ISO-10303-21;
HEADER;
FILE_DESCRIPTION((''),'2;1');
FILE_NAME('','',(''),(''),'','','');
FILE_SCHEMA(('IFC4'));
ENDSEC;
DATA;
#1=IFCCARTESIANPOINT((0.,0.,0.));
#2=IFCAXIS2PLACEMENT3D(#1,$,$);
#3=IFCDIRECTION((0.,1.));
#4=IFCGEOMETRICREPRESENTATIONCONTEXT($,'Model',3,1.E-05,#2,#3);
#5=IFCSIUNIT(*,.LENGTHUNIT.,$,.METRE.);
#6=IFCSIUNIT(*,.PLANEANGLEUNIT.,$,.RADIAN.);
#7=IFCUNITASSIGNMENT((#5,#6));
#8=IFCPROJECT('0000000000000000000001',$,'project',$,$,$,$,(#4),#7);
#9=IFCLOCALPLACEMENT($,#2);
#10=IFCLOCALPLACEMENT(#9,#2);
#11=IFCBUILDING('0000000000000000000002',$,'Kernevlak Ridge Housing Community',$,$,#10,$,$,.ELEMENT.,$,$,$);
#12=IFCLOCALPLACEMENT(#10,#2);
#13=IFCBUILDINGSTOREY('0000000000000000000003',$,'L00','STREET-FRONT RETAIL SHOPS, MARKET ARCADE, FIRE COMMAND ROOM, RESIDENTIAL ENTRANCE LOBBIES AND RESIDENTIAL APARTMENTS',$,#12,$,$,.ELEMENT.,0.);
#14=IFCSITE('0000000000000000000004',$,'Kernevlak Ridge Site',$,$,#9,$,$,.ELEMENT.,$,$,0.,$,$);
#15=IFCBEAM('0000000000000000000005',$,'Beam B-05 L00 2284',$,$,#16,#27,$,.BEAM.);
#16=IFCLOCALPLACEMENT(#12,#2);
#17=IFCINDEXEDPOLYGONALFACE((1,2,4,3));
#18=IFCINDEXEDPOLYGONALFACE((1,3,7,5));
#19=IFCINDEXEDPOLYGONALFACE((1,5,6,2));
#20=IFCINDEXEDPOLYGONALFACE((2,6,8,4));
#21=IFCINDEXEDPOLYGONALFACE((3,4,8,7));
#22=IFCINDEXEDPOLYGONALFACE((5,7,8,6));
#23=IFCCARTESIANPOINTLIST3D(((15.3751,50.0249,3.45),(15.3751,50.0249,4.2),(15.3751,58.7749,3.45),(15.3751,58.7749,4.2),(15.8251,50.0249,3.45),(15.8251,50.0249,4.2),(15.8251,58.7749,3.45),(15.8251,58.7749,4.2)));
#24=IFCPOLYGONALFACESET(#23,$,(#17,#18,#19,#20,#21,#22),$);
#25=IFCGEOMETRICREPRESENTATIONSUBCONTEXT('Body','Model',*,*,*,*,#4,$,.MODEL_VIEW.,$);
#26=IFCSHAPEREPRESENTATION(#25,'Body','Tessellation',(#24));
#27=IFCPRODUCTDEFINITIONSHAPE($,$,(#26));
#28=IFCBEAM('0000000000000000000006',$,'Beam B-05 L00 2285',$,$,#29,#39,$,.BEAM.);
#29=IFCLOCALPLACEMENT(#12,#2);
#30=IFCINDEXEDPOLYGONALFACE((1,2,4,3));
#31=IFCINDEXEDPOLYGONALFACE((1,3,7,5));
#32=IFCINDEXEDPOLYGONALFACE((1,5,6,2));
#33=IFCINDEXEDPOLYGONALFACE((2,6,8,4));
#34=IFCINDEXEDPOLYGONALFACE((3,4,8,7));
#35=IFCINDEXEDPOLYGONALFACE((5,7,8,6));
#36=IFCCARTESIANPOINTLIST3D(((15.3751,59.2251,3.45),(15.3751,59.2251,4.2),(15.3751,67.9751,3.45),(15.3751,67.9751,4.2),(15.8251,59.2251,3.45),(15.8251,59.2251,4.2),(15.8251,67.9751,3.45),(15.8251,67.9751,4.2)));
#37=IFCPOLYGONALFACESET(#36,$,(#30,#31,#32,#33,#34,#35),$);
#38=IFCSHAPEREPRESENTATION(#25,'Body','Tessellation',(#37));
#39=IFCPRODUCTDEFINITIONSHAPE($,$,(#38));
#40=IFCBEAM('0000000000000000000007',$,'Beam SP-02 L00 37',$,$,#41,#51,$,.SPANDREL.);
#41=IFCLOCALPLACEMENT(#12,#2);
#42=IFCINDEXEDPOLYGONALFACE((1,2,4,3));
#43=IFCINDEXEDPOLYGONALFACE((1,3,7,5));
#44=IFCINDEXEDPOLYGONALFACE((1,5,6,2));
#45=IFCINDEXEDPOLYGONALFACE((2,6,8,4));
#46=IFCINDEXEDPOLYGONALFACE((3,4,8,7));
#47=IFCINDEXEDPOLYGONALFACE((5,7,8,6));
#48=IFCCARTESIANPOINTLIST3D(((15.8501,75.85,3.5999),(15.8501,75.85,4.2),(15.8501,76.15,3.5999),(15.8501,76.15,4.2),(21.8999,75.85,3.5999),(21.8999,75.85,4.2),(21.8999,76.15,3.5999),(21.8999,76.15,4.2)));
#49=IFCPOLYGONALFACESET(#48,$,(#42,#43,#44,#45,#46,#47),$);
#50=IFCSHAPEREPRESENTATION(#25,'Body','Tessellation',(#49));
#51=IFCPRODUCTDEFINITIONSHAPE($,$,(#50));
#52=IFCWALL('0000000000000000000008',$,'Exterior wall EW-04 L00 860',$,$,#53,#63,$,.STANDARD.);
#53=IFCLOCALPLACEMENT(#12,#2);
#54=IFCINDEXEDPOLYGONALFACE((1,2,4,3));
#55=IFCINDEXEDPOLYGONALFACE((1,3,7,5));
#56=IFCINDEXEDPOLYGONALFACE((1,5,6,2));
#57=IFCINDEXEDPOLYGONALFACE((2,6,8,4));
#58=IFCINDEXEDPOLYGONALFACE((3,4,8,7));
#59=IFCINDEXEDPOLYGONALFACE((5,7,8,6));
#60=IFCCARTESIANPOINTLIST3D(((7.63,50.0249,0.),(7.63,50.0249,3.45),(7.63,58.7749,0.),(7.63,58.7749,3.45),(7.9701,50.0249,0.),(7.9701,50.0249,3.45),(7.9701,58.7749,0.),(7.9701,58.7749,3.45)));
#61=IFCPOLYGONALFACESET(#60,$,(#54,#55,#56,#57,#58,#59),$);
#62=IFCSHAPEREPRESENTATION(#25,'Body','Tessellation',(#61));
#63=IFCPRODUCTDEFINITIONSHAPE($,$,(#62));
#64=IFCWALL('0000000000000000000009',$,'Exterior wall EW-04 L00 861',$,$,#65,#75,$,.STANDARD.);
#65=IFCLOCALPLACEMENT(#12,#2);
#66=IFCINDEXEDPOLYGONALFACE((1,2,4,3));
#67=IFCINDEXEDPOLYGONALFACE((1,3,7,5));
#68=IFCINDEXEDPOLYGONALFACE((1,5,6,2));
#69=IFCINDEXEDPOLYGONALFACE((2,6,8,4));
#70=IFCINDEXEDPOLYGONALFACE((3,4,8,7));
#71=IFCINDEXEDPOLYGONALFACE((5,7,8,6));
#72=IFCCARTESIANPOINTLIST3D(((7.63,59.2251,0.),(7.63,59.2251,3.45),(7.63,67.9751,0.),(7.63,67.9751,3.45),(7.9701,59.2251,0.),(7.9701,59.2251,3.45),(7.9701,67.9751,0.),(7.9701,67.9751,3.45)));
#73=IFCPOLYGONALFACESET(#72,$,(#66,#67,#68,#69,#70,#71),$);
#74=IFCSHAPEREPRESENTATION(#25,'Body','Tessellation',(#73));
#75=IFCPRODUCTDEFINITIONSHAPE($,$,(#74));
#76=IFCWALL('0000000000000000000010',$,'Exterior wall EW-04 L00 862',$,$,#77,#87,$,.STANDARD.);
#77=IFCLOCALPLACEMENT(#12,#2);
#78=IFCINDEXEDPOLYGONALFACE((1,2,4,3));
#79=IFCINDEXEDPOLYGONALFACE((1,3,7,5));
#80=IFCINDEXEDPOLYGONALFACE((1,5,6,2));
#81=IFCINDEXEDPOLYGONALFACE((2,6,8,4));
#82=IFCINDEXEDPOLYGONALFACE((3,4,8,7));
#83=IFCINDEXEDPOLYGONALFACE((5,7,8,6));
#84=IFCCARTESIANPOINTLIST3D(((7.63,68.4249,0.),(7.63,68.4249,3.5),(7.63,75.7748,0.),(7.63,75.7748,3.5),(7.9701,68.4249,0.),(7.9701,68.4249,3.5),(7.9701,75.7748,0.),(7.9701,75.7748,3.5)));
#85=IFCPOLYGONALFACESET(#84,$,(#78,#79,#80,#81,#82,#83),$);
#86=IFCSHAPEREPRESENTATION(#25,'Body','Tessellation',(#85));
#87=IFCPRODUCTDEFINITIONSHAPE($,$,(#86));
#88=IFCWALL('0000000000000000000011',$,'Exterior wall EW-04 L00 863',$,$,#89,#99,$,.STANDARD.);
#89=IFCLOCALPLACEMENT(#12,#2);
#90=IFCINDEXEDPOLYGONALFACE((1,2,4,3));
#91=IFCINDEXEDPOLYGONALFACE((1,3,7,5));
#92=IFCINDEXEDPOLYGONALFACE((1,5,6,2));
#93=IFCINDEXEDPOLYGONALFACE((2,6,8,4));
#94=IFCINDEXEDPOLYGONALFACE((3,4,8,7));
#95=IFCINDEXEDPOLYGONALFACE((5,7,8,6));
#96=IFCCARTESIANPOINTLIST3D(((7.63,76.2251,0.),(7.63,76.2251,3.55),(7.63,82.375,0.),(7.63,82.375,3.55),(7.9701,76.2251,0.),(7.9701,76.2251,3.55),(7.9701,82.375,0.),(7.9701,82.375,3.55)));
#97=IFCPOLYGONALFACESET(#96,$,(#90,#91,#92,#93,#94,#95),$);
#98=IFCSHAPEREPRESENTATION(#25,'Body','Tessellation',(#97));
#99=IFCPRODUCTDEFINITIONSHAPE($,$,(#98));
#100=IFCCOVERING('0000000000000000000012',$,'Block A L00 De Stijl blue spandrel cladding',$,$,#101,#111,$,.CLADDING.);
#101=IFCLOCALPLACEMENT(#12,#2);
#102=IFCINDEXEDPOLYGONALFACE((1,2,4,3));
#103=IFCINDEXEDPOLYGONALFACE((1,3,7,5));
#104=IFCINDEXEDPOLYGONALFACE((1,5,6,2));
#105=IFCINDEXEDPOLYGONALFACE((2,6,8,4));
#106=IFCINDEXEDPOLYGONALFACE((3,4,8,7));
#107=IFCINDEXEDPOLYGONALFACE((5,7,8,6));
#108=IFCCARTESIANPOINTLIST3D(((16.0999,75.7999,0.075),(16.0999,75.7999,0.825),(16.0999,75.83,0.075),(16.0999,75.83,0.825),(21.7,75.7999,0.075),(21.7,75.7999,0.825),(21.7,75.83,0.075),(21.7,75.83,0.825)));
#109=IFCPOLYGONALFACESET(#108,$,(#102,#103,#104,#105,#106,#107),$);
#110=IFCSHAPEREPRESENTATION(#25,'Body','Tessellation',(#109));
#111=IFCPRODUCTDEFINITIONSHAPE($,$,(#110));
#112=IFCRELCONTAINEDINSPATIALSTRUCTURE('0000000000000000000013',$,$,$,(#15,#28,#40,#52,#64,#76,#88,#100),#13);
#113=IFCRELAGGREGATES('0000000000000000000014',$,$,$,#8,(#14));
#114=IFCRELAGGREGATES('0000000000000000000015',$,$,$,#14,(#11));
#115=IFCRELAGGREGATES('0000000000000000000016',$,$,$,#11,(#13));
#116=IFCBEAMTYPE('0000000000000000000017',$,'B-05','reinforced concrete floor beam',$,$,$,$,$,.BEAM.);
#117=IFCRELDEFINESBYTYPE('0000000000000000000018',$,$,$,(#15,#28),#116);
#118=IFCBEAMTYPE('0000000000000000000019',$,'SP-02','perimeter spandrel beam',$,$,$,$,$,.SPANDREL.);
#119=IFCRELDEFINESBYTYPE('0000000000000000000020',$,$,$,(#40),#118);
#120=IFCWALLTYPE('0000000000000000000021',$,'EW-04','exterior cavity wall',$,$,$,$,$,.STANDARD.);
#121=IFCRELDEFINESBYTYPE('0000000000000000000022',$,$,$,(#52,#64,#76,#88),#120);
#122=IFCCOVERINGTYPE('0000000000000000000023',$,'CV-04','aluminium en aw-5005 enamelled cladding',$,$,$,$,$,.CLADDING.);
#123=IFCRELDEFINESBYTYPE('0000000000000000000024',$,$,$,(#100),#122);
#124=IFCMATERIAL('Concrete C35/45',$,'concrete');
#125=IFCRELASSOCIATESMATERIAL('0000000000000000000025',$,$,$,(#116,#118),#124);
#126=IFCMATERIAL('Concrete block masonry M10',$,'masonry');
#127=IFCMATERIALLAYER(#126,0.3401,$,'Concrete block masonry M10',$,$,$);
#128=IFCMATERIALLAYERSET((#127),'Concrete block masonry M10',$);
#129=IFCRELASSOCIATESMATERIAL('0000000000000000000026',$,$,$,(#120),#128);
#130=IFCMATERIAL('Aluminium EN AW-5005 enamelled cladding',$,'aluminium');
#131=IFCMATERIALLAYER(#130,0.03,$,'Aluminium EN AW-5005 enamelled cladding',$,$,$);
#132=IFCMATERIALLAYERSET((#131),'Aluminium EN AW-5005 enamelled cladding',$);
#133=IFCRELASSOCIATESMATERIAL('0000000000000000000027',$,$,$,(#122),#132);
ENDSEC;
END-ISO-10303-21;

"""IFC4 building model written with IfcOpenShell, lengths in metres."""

from ifc_helpers import new_model, si_unit, direction, frame, frame_2d, origin, origin_2d, place, context, subcontext, project, spatial, rectangle, extrude, material, layer, layer_set, material_profile, profile_set, type_object, element, save


model = new_model("IFC4")

# Units and contexts
model_context = context("Model", 3, precision=1e-05, world=origin(), true_north=direction((0.0, 1.0)))
body_context = subcontext(model_context, "Body", "Model", "MODEL_VIEW")
ifc_project = project(units=[si_unit("LENGTHUNIT", "METRE"), si_unit("PLANEANGLEUNIT", "RADIAN")], contexts=[model_context])

# Site, building, storey
site_placement = place(None, origin())
site = spatial("IfcSite", under=ifc_project, at=site_placement, Name="Kernevlak Ridge Site", CompositionType="ELEMENT", RefElevation=0.0)
building_placement = place(site_placement, origin())
building = spatial("IfcBuilding", under=site, at=building_placement, Name="Kernevlak Ridge Housing Community", CompositionType="ELEMENT")
storey_placement = place(building_placement, origin())
storey = spatial("IfcBuildingStorey", under=building, at=storey_placement, Name="L00", Description="STREET-FRONT RETAIL SHOPS, MARKET ARCADE, FIRE COMMAND ROOM, RESIDENTIAL ENTRANCE LOBBIES AND RESIDENTIAL APARTMENTS", CompositionType="ELEMENT", Elevation=0.0)

# Shared definitions
ifc_material_1 = material(Name="Concrete C35/45", Category="concrete")

# Beams
ifc_material_profile_1 = material_profile(ifc_material_1, rectangle(XDim=0.45, YDim=0.75, at=origin_2d()), Name="RC 450x750")
ifc_profile_set_1 = profile_set([ifc_material_profile_1], Name="Concrete C35/45")
beam_type_1 = type_object("IfcBeamType", Name="B-05", Description="reinforced concrete floor beam", PredefinedType="BEAM", material=ifc_profile_set_1)
for number, where, z_axis, x_axis, name in (
    (1, (15.6001, 50.0249, 3.825), (0.0, 1.0, 0.0), (-1.0, 0.0, 0.0), "Beam B-05 L00 2284"),
    (2, (15.6001, 59.2251, 3.825), (0.0, 1.0, 0.0), (-1.0, 0.0, 0.0), "Beam B-05 L00 2285"),
):
    element("IfcBeam", number, at=place(storey_placement, frame(where, z_axis=z_axis, x_axis=x_axis)), inside=storey, type_object=beam_type_1, Name=name, PredefinedType="BEAM", context=body_context, shape_type="SweptSolid", body=[
        extrude(rectangle(XDim=0.45, YDim=0.75, at=origin_2d()), origin(), (0.0, 0.0, 1.0), 8.75),
    ])
ifc_material_profile_2 = material_profile(ifc_material_1, rectangle(XDim=0.3, YDim=0.6001, at=origin_2d()), Name="RC 300x600")
ifc_profile_set_2 = profile_set([ifc_material_profile_2], Name="Concrete C35/45")
beam_type_2 = type_object("IfcBeamType", Name="SP-02", Description="perimeter spandrel beam", PredefinedType="SPANDREL", material=ifc_profile_set_2)
beam_1_placement = place(storey_placement, frame((15.8501, 76.0, 3.8999), z_axis=(1.0, 0.0, 0.0), x_axis=(0.0, 1.0, 0.0)))
element("IfcBeam", 3, at=beam_1_placement, inside=storey, type_object=beam_type_2, Name="Beam SP-02 L00 37", PredefinedType="SPANDREL", context=body_context, shape_type="SweptSolid", body=[
    extrude(rectangle(XDim=0.3, YDim=0.6001, at=origin_2d()), origin(), (0.0, 0.0, 1.0), 6.0498),
])

# Shared definitions
ifc_material_2 = material(Name="Concrete block masonry M10", Category="masonry")
ifc_layer_1 = layer(ifc_material_2, 0.3401, Name="Concrete block masonry M10")
ifc_layer_set_1 = layer_set([ifc_layer_1], Name="Concrete block masonry M10")
wall_type = type_object("IfcWallType", Name="EW-04", Description="exterior cavity wall", PredefinedType="STANDARD", material=ifc_layer_set_1)

# Walls
for number, where, z_axis, x_axis, name in (
    (4, (7.8, 50.0249, 0.0), (0.0, 0.0, 1.0), (0.0, 1.0, 0.0), "Exterior wall EW-04 L00 860"),
    (5, (7.8, 59.2251, 0.0), (0.0, 0.0, 1.0), (0.0, 1.0, 0.0), "Exterior wall EW-04 L00 861"),
):
    element("IfcWall", number, at=place(storey_placement, frame(where, z_axis=z_axis, x_axis=x_axis)), inside=storey, type_object=wall_type, Name=name, PredefinedType="STANDARD", context=body_context, shape_type="SweptSolid", body=[
        extrude(rectangle(XDim=8.75, YDim=0.3401, at=frame_2d((4.375, 0.0))), origin(), (0.0, 0.0, 1.0), 3.45),
    ])
wall_1_placement = place(storey_placement, frame((7.8, 68.425, 0.0), z_axis=(0.0, 0.0, 1.0), x_axis=(0.0, 1.0, 0.0)))
element("IfcWall", 6, at=wall_1_placement, inside=storey, type_object=wall_type, Name="Exterior wall EW-04 L00 862", PredefinedType="STANDARD", context=body_context, shape_type="SweptSolid", body=[
    extrude(rectangle(XDim=7.3499, YDim=0.3401, at=frame_2d((3.6748, 0.0))), origin(), (0.0, 0.0, 1.0), 3.5),
])
wall_2_placement = place(storey_placement, frame((7.8, 76.2251, 0.0), z_axis=(0.0, 0.0, 1.0), x_axis=(0.0, 1.0, 0.0)))
element("IfcWall", 7, at=wall_2_placement, inside=storey, type_object=wall_type, Name="Exterior wall EW-04 L00 863", PredefinedType="STANDARD", context=body_context, shape_type="SweptSolid", body=[
    extrude(rectangle(XDim=6.1499, YDim=0.3401, at=frame_2d((3.075, 0.0))), origin(), (0.0, 0.0, 1.0), 3.55),
])

# Covering
ifc_material_3 = material(Name="Aluminium EN AW-5005 enamelled cladding", Category="aluminium")
ifc_layer_2 = layer(ifc_material_3, 0.03, Name="Aluminium EN AW-5005 enamelled cladding")
ifc_layer_set_2 = layer_set([ifc_layer_2], Name="Aluminium EN AW-5005 enamelled cladding")
covering_type = type_object("IfcCoveringType", Name="CV-04", Description="aluminium en aw-5005 enamelled cladding", PredefinedType="CLADDING", material=ifc_layer_set_2)
covering_placement = place(storey_placement, frame((18.8999, 75.8149, 0.075), z_axis=(0.0, 0.0, 1.0), x_axis=(1.0, 0.0, 0.0)))
element("IfcCovering", 8, at=covering_placement, inside=storey, type_object=covering_type, Name="Block A L00 De Stijl blue spandrel cladding", PredefinedType="CLADDING", context=body_context, shape_type="SweptSolid", body=[
    extrude(rectangle(XDim=5.6001, YDim=0.03, at=origin_2d()), origin(), (0.0, 0.0, 1.0), 0.75),
])

save(model, "model.ifc")
